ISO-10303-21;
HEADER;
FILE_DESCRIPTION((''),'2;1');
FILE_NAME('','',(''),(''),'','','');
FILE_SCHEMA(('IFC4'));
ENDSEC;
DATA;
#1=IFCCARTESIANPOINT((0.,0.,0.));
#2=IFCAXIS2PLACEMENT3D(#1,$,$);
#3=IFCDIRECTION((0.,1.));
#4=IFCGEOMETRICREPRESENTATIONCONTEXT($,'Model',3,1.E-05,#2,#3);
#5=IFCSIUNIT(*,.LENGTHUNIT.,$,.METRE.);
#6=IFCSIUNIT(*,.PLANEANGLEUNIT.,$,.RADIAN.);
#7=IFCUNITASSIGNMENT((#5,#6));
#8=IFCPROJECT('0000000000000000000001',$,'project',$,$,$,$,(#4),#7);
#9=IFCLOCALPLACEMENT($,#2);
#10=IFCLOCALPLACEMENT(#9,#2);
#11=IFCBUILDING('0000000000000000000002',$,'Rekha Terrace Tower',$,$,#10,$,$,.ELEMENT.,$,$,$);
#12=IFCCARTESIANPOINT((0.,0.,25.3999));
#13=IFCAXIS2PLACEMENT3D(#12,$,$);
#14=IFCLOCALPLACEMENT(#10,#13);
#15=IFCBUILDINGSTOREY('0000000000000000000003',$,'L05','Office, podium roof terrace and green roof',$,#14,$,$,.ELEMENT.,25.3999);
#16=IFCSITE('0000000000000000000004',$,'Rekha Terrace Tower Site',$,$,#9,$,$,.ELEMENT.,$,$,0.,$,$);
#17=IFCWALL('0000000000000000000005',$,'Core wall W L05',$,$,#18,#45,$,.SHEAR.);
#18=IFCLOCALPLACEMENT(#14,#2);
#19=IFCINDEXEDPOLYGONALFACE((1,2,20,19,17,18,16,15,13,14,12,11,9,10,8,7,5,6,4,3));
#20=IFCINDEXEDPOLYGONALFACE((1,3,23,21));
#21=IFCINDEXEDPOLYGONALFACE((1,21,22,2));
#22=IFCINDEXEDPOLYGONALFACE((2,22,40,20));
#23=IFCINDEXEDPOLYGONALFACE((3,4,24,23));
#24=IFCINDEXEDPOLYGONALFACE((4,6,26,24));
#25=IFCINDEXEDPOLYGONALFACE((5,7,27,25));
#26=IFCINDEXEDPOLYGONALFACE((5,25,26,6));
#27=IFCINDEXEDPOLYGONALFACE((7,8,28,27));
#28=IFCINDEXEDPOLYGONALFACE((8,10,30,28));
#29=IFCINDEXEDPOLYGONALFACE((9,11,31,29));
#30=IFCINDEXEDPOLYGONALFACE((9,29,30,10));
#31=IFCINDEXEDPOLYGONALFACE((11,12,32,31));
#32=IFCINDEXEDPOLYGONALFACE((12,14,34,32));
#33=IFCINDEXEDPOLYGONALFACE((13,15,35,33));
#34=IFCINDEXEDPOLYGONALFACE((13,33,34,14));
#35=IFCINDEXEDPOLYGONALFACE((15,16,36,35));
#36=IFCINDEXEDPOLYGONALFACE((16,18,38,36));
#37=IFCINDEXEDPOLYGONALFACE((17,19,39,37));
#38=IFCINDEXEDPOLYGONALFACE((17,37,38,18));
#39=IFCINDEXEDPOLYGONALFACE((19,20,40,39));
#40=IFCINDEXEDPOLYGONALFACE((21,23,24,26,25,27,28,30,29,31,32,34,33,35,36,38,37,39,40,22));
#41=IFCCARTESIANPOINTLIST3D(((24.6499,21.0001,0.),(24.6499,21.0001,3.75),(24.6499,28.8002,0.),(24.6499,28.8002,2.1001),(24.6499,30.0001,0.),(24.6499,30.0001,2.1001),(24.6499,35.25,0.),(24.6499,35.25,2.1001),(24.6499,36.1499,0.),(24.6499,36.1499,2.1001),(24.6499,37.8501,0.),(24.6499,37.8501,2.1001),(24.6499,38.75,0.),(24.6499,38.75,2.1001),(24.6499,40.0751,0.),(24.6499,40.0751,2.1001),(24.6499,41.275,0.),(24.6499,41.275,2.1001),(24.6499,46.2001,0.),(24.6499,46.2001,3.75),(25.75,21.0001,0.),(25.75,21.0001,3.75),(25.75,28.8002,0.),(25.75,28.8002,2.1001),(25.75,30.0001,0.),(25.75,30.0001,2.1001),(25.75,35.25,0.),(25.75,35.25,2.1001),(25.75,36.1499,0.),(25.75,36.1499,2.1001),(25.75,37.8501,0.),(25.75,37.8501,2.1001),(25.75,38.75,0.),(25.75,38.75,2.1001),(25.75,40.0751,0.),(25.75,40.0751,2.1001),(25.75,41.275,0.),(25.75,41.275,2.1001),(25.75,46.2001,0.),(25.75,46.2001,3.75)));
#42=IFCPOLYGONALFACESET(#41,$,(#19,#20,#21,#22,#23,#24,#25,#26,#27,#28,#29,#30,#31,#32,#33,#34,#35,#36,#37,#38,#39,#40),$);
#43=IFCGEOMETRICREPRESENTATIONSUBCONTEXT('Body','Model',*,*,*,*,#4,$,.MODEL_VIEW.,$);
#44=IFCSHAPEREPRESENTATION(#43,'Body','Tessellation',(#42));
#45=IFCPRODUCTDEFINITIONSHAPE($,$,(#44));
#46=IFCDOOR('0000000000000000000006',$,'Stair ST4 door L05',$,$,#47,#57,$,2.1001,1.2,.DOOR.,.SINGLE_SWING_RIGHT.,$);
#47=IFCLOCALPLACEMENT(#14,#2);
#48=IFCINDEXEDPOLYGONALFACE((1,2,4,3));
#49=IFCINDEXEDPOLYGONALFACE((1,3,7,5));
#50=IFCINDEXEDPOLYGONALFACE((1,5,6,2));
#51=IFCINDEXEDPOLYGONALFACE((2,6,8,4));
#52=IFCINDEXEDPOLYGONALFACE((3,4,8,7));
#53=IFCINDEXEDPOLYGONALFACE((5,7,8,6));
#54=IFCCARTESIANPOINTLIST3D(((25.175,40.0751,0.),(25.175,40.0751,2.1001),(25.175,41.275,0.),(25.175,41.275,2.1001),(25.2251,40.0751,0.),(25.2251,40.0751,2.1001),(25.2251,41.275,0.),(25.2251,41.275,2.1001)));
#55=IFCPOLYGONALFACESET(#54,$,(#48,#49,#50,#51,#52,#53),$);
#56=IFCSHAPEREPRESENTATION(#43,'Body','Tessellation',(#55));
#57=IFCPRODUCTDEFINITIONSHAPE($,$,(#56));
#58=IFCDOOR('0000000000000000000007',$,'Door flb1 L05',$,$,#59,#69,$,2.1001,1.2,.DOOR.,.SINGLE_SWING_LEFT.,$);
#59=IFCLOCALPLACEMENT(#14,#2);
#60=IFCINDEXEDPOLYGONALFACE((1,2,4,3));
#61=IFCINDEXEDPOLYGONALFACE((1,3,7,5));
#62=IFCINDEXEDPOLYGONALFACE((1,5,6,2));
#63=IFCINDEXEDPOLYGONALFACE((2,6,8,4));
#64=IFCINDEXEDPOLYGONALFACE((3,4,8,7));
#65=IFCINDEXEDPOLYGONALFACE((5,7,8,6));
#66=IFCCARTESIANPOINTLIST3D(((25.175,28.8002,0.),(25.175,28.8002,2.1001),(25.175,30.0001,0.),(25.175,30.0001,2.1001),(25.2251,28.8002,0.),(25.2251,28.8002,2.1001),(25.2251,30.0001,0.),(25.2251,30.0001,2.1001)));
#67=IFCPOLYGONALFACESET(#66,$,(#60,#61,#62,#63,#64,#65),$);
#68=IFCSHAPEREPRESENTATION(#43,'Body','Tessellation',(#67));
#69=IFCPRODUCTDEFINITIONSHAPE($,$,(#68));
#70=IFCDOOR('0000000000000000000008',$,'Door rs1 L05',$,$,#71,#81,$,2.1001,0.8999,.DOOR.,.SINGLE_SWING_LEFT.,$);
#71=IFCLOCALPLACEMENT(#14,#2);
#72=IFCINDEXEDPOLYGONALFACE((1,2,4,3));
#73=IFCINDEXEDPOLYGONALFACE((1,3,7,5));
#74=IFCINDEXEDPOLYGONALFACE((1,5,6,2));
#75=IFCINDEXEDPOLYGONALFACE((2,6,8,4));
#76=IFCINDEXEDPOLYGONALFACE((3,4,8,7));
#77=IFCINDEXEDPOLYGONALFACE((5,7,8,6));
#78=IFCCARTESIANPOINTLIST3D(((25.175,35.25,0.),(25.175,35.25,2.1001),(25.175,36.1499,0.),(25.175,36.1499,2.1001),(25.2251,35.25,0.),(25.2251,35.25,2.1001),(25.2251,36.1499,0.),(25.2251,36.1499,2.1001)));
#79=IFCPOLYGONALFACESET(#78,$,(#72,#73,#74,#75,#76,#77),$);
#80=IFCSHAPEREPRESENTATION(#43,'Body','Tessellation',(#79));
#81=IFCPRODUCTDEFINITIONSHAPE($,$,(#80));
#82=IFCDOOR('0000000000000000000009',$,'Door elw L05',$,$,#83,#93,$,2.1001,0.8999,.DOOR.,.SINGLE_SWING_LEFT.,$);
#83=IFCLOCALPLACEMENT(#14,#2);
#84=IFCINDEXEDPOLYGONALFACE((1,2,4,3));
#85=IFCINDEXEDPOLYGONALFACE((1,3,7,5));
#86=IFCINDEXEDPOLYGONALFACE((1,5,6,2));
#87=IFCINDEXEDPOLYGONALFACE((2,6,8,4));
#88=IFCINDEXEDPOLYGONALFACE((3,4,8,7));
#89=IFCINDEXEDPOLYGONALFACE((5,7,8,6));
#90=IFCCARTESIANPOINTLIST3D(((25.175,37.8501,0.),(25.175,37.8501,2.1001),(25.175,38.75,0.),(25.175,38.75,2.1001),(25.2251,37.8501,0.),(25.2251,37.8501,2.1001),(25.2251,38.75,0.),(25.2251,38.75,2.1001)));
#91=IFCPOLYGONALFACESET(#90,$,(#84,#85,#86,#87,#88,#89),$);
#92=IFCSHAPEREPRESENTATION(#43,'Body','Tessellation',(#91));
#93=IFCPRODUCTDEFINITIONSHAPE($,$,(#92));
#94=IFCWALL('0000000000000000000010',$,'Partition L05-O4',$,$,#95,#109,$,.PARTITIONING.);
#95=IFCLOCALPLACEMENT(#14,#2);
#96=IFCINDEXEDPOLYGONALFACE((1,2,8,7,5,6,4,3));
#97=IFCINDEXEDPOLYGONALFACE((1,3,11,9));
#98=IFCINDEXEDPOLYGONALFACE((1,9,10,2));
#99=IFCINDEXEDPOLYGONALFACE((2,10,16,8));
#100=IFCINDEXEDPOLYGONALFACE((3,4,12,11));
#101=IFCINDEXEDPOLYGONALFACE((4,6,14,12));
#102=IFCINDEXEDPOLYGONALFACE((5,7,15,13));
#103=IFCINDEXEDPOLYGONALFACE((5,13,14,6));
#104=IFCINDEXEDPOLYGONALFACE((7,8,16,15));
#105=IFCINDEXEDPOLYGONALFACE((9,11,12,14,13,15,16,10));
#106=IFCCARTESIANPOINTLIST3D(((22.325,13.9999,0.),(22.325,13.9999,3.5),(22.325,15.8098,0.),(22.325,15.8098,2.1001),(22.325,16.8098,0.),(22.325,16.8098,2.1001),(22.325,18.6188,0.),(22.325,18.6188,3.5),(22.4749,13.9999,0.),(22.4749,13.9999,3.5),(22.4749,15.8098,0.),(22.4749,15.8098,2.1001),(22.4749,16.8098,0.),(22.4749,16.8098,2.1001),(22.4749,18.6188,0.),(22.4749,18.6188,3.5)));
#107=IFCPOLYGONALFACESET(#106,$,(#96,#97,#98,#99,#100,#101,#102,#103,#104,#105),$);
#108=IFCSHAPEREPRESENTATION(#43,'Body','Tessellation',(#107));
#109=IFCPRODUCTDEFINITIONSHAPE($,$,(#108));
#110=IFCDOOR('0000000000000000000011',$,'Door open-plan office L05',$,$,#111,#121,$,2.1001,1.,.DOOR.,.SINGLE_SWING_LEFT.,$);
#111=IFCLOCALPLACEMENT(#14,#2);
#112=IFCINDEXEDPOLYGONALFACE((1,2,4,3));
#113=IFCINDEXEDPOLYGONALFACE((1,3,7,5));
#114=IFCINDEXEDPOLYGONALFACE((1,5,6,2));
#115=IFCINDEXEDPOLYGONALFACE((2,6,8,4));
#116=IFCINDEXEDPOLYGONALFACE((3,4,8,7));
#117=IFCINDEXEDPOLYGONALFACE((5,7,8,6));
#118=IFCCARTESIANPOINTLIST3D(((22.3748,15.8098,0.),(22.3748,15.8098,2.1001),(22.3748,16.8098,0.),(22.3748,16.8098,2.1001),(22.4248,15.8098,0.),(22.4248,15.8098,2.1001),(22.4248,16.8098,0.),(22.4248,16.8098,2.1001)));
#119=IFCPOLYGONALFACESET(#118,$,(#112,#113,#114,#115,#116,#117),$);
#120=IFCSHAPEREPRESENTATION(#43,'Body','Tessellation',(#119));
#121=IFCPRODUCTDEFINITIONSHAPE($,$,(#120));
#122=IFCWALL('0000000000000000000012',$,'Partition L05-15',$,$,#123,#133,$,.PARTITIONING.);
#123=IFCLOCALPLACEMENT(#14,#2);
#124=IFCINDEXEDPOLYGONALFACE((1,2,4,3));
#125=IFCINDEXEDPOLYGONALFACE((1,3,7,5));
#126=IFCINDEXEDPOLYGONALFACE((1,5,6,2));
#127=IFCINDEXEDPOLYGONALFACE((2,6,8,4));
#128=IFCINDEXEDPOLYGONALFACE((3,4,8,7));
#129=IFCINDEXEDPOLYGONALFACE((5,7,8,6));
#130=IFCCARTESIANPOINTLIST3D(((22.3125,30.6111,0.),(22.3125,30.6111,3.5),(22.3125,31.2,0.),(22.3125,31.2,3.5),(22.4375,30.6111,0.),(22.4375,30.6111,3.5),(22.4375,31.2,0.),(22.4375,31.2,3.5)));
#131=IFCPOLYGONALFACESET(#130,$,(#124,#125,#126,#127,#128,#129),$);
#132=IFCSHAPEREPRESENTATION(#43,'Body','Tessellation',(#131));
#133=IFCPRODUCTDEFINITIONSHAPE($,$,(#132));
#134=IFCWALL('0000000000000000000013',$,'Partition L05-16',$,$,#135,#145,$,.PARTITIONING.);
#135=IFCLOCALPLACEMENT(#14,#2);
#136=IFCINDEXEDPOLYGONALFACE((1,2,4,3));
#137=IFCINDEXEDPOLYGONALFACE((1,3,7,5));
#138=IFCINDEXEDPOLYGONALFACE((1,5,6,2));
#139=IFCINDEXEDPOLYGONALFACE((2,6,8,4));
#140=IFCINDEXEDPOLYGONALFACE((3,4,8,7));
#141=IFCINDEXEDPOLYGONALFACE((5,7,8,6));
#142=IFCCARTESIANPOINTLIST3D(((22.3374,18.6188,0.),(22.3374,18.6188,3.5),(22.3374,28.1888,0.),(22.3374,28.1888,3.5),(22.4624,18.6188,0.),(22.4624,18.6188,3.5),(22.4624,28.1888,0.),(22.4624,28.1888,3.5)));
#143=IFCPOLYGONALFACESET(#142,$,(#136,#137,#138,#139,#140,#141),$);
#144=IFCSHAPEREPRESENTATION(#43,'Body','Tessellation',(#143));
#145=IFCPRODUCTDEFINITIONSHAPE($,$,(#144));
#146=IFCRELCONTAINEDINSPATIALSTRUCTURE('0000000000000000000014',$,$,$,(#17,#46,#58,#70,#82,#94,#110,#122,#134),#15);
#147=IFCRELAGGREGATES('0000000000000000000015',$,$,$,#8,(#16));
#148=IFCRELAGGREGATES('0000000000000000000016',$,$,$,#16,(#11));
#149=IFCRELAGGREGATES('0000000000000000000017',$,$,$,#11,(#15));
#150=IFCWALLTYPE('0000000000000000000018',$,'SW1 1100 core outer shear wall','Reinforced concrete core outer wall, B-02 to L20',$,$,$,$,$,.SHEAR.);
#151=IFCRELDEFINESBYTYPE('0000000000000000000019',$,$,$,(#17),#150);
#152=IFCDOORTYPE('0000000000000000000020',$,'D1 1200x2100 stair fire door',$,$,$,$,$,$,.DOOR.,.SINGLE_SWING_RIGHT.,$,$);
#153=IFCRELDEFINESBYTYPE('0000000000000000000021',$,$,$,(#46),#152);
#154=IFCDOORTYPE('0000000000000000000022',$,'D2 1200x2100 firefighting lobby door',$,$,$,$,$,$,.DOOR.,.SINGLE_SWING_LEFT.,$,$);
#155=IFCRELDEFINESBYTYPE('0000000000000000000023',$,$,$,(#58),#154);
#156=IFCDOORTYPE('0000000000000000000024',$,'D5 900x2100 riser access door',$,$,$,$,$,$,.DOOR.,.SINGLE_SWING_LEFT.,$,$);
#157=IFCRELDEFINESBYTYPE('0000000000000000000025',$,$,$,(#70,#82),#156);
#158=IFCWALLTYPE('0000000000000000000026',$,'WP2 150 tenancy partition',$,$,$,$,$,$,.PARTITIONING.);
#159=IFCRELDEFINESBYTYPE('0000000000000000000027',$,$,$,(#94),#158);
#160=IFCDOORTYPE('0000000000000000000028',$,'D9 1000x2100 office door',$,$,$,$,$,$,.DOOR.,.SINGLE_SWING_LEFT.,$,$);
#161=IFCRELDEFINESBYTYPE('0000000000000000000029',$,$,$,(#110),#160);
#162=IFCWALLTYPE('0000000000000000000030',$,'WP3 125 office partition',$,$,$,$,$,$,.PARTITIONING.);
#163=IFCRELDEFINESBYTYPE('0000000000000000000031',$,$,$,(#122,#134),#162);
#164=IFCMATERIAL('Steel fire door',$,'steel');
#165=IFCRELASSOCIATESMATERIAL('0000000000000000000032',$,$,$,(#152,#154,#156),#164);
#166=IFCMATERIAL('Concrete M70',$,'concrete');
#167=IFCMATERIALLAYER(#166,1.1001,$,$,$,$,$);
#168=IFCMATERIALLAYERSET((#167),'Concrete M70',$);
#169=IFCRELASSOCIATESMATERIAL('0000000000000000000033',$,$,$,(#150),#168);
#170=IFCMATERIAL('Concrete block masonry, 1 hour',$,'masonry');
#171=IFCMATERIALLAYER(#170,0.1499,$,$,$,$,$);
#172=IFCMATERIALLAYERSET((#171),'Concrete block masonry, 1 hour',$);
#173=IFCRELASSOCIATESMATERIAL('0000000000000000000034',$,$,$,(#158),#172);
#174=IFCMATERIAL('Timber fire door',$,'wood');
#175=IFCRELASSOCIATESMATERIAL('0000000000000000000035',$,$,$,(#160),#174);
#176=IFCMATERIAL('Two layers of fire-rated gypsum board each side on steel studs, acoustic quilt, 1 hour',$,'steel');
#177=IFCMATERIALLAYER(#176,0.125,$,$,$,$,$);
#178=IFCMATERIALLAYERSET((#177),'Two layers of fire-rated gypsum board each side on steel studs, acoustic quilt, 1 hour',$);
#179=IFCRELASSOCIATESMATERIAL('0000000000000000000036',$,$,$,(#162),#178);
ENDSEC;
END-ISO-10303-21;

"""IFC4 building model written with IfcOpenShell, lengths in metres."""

from ifc_helpers import new_model, si_unit, direction, frame, frame_2d, origin, place, context, subcontext, project, spatial, rectangle, extrude, material, layer, layer_set, type_object, element, fill, save


model = new_model("IFC4")

# Units and contexts
model_context = context("Model", 3, precision=1e-05, world=origin(), true_north=direction((0.0, 1.0)))
body_context = subcontext(model_context, "Body", "Model", "MODEL_VIEW")
ifc_project = project(units=[si_unit("LENGTHUNIT", "METRE"), si_unit("PLANEANGLEUNIT", "RADIAN")], contexts=[model_context])

# Site, building, storey
site_placement = place(None, origin())
site = spatial("IfcSite", under=ifc_project, at=site_placement, Name="Rekha Terrace Tower Site", CompositionType="ELEMENT", RefElevation=0.0)
building_placement = place(site_placement, origin())
building = spatial("IfcBuilding", under=site, at=building_placement, Name="Rekha Terrace Tower", CompositionType="ELEMENT")
storey_placement = place(building_placement, frame((0.0, 0.0, 25.3999)))
storey = spatial("IfcBuildingStorey", under=building, at=storey_placement, Name="L05", Description="Office, podium roof terrace and green roof", CompositionType="ELEMENT", Elevation=25.3999)

# Shared definitions
ifc_material_1 = material(Name="Concrete M70", Category="concrete")

# Shared definitions
ifc_material_2 = material(Name="Steel fire door", Category="steel")
door_type_1 = type_object("IfcDoorType", Name="D1 1200x2100 stair fire door", OperationType="SINGLE_SWING_RIGHT", PredefinedType="DOOR", material=ifc_material_2)

# Shared definitions
ifc_layer_1 = layer(ifc_material_1, 1.1001)
ifc_layer_set_1 = layer_set([ifc_layer_1], Name="Concrete M70")
wall_type_1 = type_object("IfcWallType", Name="SW1 1100 core outer shear wall", Description="Reinforced concrete core outer wall, B-02 to L20", PredefinedType="SHEAR", material=ifc_layer_set_1)

# Wall, openings, doors
wall_1_placement = place(storey_placement, frame((25.2, 21.0, 0.0), z_axis=(0.0, 0.0, 1.0), x_axis=(0.0, 1.0, 0.0)))
wall_1 = element("IfcWall", 1, at=wall_1_placement, inside=storey, type_object=wall_type_1, Name="Core wall W L05", PredefinedType="SHEAR", context=body_context, shape_type="SweptSolid", body=[
    extrude(rectangle(XDim=25.2, YDim=1.1001, at=frame_2d((12.6001, 0.0))), origin(), (0.0, 0.0, 1.0), 3.75),
])
opening_1_placement = place(wall_1_placement, frame((7.8, 0.0, 0.0)))
opening_1 = element("IfcOpeningElement", 2, at=opening_1_placement, cuts=wall_1, PredefinedType="OPENING", context=body_context, shape_type="SweptSolid", body=[
    extrude(rectangle(XDim=1.2, YDim=2.1001, at=frame_2d((0.6001, 1.05))), frame((0.0, 0.5601, 0.0), z_axis=(0.0, -1.0, 0.0), x_axis=(1.0, 0.0, 0.0)), (0.0, 0.0, 1.0), 1.1201),
])
opening_2_placement = place(wall_1_placement, frame((14.25, 0.0, 0.0)))
opening_2 = element("IfcOpeningElement", 3, at=opening_2_placement, cuts=wall_1, PredefinedType="OPENING", context=body_context, shape_type="SweptSolid", body=[
    extrude(rectangle(XDim=0.8999, YDim=2.1001, at=frame_2d((0.45, 1.05))), frame((0.0, 0.5601, 0.0), z_axis=(0.0, -1.0, 0.0), x_axis=(1.0, 0.0, 0.0)), (0.0, 0.0, 1.0), 1.1201),
])
opening_3_placement = place(wall_1_placement, frame((16.8501, 0.0, 0.0)))
opening_3 = element("IfcOpeningElement", 4, at=opening_3_placement, cuts=wall_1, PredefinedType="OPENING", context=body_context, shape_type="SweptSolid", body=[
    extrude(rectangle(XDim=0.8999, YDim=2.1001, at=frame_2d((0.45, 1.05))), frame((0.0, 0.5601, 0.0), z_axis=(0.0, -1.0, 0.0), x_axis=(1.0, 0.0, 0.0)), (0.0, 0.0, 1.0), 1.1201),
])
opening_4_placement = place(wall_1_placement, frame((19.075, 0.0, 0.0)))
opening_4 = element("IfcOpeningElement", 5, at=opening_4_placement, cuts=wall_1, PredefinedType="OPENING", context=body_context, shape_type="SweptSolid", body=[
    extrude(rectangle(XDim=1.2, YDim=2.1001, at=frame_2d((0.6001, 1.05))), frame((0.0, 0.5601, 0.0), z_axis=(0.0, -1.0, 0.0), x_axis=(1.0, 0.0, 0.0)), (0.0, 0.0, 1.0), 1.1201),
])
door_1_placement = place(opening_4_placement, origin())
door_1 = element("IfcDoor", 6, at=door_1_placement, inside=storey, type_object=door_type_1, Name="Stair ST4 door L05", OperationType="SINGLE_SWING_RIGHT", OverallHeight=2.1001, OverallWidth=1.2, PredefinedType="DOOR", context=body_context, shape_type="SweptSolid", body=[
    extrude(rectangle(XDim=1.2, YDim=2.1001, at=frame_2d((0.6001, 1.05))), frame((0.0, 0.0249, 0.0), z_axis=(0.0, -1.0, 0.0), x_axis=(1.0, 0.0, 0.0)), (0.0, 0.0, 1.0), 0.05),
])
fill(opening_4, door_1)
door_type_2 = type_object("IfcDoorType", Name="D2 1200x2100 firefighting lobby door", OperationType="SINGLE_SWING_LEFT", PredefinedType="DOOR", material=ifc_material_2)
door_2_placement = place(opening_1_placement, origin())
door_2 = element("IfcDoor", 7, at=door_2_placement, inside=storey, type_object=door_type_2, Name="Door flb1 L05", OperationType="SINGLE_SWING_LEFT", OverallHeight=2.1001, OverallWidth=1.2, PredefinedType="DOOR", context=body_context, shape_type="SweptSolid", body=[
    extrude(rectangle(XDim=1.2, YDim=2.1001, at=frame_2d((0.6001, 1.05))), frame((0.0, 0.0249, 0.0), z_axis=(0.0, -1.0, 0.0), x_axis=(1.0, 0.0, 0.0)), (0.0, 0.0, 1.0), 0.05),
])
fill(opening_1, door_2)
door_type_3 = type_object("IfcDoorType", Name="D5 900x2100 riser access door", OperationType="SINGLE_SWING_LEFT", PredefinedType="DOOR", material=ifc_material_2)
door_3_placement = place(opening_2_placement, origin())
door_3 = element("IfcDoor", 8, at=door_3_placement, inside=storey, type_object=door_type_3, Name="Door rs1 L05", OperationType="SINGLE_SWING_LEFT", OverallHeight=2.1001, OverallWidth=0.8999, PredefinedType="DOOR", context=body_context, shape_type="SweptSolid", body=[
    extrude(rectangle(XDim=0.8999, YDim=2.1001, at=frame_2d((0.45, 1.05))), frame((0.0, 0.0249, 0.0), z_axis=(0.0, -1.0, 0.0), x_axis=(1.0, 0.0, 0.0)), (0.0, 0.0, 1.0), 0.05),
])
fill(opening_2, door_3)
door_4_placement = place(opening_3_placement, origin())
door_4 = element("IfcDoor", 9, at=door_4_placement, inside=storey, type_object=door_type_3, Name="Door elw L05", OperationType="SINGLE_SWING_LEFT", OverallHeight=2.1001, OverallWidth=0.8999, PredefinedType="DOOR", context=body_context, shape_type="SweptSolid", body=[
    extrude(rectangle(XDim=0.8999, YDim=2.1001, at=frame_2d((0.45, 1.05))), frame((0.0, 0.0249, 0.0), z_axis=(0.0, -1.0, 0.0), x_axis=(1.0, 0.0, 0.0)), (0.0, 0.0, 1.0), 0.05),
])
fill(opening_3, door_4)

# Wall, opening, door
ifc_material_3 = material(Name="Concrete block masonry, 1 hour", Category="masonry")
ifc_layer_2 = layer(ifc_material_3, 0.1499)
ifc_layer_set_2 = layer_set([ifc_layer_2], Name="Concrete block masonry, 1 hour")
wall_type_2 = type_object("IfcWallType", Name="WP2 150 tenancy partition", PredefinedType="PARTITIONING", material=ifc_layer_set_2)
wall_2_placement = place(storey_placement, frame((22.3999, 18.6189, 0.0), z_axis=(0.0, 0.0, 1.0), x_axis=(0.0, -1.0, 0.0)))
wall_2 = element("IfcWall", 10, at=wall_2_placement, inside=storey, type_object=wall_type_2, Name="Partition L05-O4", PredefinedType="PARTITIONING", context=body_context, shape_type="SweptSolid", body=[
    extrude(rectangle(XDim=4.6189, YDim=0.1499, at=frame_2d((2.3096, 0.0))), origin(), (0.0, 0.0, 1.0), 3.5),
])
opening_5_placement = place(wall_2_placement, frame((1.8091, 0.0, 0.0)))
opening_5 = element("IfcOpeningElement", 11, at=opening_5_placement, cuts=wall_2, PredefinedType="OPENING", context=body_context, shape_type="SweptSolid", body=[
    extrude(rectangle(XDim=1.0, YDim=2.1001, at=frame_2d((0.5, 1.05))), frame((0.0, 0.085, 0.0), z_axis=(0.0, -1.0, 0.0), x_axis=(1.0, 0.0, 0.0)), (0.0, 0.0, 1.0), 0.1699),
])
ifc_material_4 = material(Name="Timber fire door", Category="wood")
door_type_4 = type_object("IfcDoorType", Name="D9 1000x2100 office door", OperationType="SINGLE_SWING_LEFT", PredefinedType="DOOR", material=ifc_material_4)
door_5_placement = place(opening_5_placement, origin())
door_5 = element("IfcDoor", 12, at=door_5_placement, inside=storey, type_object=door_type_4, Name="Door open-plan office L05", OperationType="SINGLE_SWING_LEFT", OverallHeight=2.1001, OverallWidth=1.0, PredefinedType="DOOR", context=body_context, shape_type="SweptSolid", body=[
    extrude(rectangle(XDim=1.0, YDim=2.1001, at=frame_2d((0.5, 1.05))), frame((0.0, 0.0249, 0.0), z_axis=(0.0, -1.0, 0.0), x_axis=(1.0, 0.0, 0.0)), (0.0, 0.0, 1.0), 0.05),
])
fill(opening_5, door_5)

# Walls
ifc_material_5 = material(Name="Two layers of fire-rated gypsum board each side on steel studs, acoustic quilt, 1 hour", Category="steel")
ifc_layer_3 = layer(ifc_material_5, 0.125)
ifc_layer_set_3 = layer_set([ifc_layer_3], Name="Two layers of fire-rated gypsum board each side on steel studs, acoustic quilt, 1 hour")
wall_type_3 = type_object("IfcWallType", Name="WP3 125 office partition", PredefinedType="PARTITIONING", material=ifc_layer_set_3)
wall_3_placement = place(storey_placement, frame((22.375, 31.2, 0.0), z_axis=(0.0, 0.0, 1.0), x_axis=(0.0, -1.0, 0.0)))
element("IfcWall", 13, at=wall_3_placement, inside=storey, type_object=wall_type_3, Name="Partition L05-15", PredefinedType="PARTITIONING", context=body_context, shape_type="SweptSolid", body=[
    extrude(rectangle(XDim=0.5889, YDim=0.125, at=frame_2d((0.2944, 0.0))), origin(), (0.0, 0.0, 1.0), 3.5),
])
wall_4_placement = place(storey_placement, frame((22.3999, 28.189, 0.0), z_axis=(0.0, 0.0, 1.0), x_axis=(0.0, -1.0, 0.0)))
element("IfcWall", 14, at=wall_4_placement, inside=storey, type_object=wall_type_3, Name="Partition L05-16", PredefinedType="PARTITIONING", context=body_context, shape_type="SweptSolid", body=[
    extrude(rectangle(XDim=9.5701, YDim=0.125, at=frame_2d((4.7852, 0.0))), origin(), (0.0, 0.0, 1.0), 3.5),
])

save(model, "model.ifc")
